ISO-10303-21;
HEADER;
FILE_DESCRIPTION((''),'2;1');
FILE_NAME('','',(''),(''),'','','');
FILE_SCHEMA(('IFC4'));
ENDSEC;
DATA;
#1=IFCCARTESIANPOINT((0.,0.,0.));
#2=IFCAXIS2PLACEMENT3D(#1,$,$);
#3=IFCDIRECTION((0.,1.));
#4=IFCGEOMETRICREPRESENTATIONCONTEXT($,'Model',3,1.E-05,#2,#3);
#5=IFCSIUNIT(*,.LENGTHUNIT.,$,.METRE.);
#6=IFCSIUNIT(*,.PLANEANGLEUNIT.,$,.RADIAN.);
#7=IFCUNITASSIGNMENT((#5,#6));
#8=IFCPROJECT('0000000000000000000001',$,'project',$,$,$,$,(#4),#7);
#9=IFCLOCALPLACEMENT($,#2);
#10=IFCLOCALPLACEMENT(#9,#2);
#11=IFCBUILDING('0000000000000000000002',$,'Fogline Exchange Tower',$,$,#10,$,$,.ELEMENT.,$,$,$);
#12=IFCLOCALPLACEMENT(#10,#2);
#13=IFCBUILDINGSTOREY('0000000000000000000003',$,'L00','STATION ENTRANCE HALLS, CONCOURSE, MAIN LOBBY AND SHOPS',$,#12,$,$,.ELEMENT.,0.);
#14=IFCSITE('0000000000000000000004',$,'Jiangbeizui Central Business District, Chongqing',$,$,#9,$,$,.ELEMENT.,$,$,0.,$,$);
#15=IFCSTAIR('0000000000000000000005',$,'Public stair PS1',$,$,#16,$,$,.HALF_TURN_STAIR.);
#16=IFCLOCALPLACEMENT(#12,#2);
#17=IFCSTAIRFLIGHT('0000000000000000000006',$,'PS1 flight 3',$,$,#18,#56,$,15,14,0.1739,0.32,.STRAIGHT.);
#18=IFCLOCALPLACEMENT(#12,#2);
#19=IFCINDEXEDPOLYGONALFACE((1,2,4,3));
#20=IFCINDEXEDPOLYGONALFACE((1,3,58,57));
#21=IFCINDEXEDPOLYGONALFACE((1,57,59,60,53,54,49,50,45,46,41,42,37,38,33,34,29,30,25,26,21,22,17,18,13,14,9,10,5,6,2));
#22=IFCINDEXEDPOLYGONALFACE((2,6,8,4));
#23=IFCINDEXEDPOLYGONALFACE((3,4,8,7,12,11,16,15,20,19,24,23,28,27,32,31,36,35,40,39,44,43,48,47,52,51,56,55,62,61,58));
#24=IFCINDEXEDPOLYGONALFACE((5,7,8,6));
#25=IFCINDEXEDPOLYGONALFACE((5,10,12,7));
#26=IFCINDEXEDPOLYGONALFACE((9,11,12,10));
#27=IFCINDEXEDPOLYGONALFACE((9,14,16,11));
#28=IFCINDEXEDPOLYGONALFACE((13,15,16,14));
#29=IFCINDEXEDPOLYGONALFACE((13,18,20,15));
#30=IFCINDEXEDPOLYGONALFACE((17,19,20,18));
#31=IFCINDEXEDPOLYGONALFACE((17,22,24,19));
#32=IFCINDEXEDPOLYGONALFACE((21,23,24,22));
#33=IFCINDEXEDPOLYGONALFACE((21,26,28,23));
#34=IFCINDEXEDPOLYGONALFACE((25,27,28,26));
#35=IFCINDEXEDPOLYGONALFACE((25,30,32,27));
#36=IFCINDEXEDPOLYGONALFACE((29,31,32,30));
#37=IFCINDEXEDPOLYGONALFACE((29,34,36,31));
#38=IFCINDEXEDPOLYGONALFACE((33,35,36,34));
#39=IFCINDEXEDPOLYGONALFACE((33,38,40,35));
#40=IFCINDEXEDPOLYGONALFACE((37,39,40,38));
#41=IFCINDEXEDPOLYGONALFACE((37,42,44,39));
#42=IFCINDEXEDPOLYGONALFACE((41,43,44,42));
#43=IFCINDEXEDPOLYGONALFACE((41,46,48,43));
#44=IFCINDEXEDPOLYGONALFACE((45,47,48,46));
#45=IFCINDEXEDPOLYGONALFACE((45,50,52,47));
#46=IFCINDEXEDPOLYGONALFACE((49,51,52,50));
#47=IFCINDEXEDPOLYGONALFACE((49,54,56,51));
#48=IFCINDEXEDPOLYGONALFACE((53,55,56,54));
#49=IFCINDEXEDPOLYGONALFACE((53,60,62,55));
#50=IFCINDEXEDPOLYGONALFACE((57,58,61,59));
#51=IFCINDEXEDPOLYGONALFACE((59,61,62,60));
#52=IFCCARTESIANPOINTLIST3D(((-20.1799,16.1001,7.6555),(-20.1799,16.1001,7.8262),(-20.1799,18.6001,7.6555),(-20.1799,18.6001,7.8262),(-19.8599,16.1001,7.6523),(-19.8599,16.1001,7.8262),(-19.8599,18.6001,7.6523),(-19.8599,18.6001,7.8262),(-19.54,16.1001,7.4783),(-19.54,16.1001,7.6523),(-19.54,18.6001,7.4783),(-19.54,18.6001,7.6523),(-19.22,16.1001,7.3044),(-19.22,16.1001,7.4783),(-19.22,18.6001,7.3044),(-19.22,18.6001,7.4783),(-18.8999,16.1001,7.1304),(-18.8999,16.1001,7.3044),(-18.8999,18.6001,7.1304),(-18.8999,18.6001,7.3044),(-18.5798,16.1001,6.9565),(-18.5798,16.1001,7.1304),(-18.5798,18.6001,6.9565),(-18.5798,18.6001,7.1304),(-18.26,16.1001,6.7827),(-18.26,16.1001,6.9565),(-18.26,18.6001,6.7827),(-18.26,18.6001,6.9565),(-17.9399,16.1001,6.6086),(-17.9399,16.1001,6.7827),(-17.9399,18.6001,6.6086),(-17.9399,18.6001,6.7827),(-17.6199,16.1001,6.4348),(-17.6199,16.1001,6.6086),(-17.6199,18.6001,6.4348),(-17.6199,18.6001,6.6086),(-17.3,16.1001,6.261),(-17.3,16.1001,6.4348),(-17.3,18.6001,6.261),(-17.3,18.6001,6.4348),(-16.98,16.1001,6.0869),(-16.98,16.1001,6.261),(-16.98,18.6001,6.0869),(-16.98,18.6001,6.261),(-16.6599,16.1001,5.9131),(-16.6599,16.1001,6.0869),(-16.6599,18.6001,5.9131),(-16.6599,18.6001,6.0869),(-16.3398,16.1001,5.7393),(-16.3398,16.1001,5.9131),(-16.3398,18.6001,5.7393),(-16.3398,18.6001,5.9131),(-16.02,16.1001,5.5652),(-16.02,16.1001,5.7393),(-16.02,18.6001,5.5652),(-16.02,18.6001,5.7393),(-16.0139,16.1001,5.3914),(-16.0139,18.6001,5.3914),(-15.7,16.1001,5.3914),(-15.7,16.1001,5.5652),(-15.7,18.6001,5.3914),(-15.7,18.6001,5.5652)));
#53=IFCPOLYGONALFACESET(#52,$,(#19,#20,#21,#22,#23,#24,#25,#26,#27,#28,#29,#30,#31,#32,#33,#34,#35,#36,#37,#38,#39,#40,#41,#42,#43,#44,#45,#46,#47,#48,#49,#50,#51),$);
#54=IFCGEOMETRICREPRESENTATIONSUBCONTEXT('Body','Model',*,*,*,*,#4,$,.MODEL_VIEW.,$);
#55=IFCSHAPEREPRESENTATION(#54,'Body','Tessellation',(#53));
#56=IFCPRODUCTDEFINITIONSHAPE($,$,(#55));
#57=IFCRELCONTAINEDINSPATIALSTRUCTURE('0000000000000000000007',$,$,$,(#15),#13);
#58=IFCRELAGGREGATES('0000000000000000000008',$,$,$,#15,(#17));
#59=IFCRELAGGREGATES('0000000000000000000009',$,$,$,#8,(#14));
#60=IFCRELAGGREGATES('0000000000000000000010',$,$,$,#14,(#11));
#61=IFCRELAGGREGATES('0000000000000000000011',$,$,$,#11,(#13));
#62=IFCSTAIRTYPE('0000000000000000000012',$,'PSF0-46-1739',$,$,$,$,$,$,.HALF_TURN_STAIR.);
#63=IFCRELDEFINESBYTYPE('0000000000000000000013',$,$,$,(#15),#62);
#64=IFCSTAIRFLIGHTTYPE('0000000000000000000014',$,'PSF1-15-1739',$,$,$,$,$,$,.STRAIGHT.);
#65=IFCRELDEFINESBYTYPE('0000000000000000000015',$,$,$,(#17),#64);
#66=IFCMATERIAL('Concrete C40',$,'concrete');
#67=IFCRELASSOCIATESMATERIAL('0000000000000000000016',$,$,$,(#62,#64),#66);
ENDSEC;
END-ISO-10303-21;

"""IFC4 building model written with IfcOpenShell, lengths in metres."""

from ifc_helpers import new_model, si_unit, direction, frame, origin, place, context, subcontext, project, spatial, polyline, outline, extrude, material, type_object, element, aggregate, save


model = new_model("IFC4")

# Units and contexts
model_context = context("Model", 3, precision=1e-05, world=origin(), true_north=direction((0.0, 1.0)))
body_context = subcontext(model_context, "Body", "Model", "MODEL_VIEW")
ifc_project = project(units=[si_unit("LENGTHUNIT", "METRE"), si_unit("PLANEANGLEUNIT", "RADIAN")], contexts=[model_context])

# Site, building, storey
site_placement = place(None, origin())
site = spatial("IfcSite", under=ifc_project, at=site_placement, Name="Jiangbeizui Central Business District, Chongqing", CompositionType="ELEMENT", RefElevation=0.0)
building_placement = place(site_placement, origin())
building = spatial("IfcBuilding", under=site, at=building_placement, Name="Fogline Exchange Tower", CompositionType="ELEMENT")
storey_placement = place(building_placement, origin())
storey = spatial("IfcBuildingStorey", under=building, at=storey_placement, Name="L00", Description="STATION ENTRANCE HALLS, CONCOURSE, MAIN LOBBY AND SHOPS", CompositionType="ELEMENT", Elevation=0.0)

# Shared definitions
ifc_material_1 = material(Name="Concrete C40", Category="concrete")

# Stair, stair flight
stair_type = type_object("IfcStairType", Name="PSF0-46-1739", PredefinedType="HALF_TURN_STAIR", material=ifc_material_1)
stair_placement = place(storey_placement, origin())
stair = element("IfcStair", 1, at=stair_placement, inside=storey, type_object=stair_type, Name="Public stair PS1", PredefinedType="HALF_TURN_STAIR")
stair_flight_type = type_object("IfcStairFlightType", Name="PSF1-15-1739", PredefinedType="STRAIGHT", material=ifc_material_1)
stair_flight_placement = place(storey_placement, frame((-15.7, 17.3501, 5.3914), z_axis=(0.0, 0.0, 1.0), x_axis=(-1.0, 0.0, 0.0)))
stair_flight = element("IfcStairFlight", 2, at=stair_flight_placement, type_object=stair_flight_type, Name="PS1 flight 3", NumberOfRisers=15, NumberOfTreads=14, PredefinedType="STRAIGHT", RiserHeight=0.1739, TreadLength=0.32, context=body_context, shape_type="SweptSolid", body=[
    extrude(outline(polyline([(0.0, 0.0), (0.0, 0.1738), (0.3201, 0.1738), (0.3201, 0.3479), (0.6399, 0.3479), (0.6399, 0.5217), (0.96, 0.5217), (0.96, 0.6956), (1.28, 0.6956), (1.28, 0.8696), (1.6001, 0.8696), (1.6001, 1.0435), (1.9199, 1.0435), (1.9199, 1.2173), (2.24, 1.2173), (2.24, 1.3914), (2.5601, 1.3914), (2.5601, 1.5652), (2.8799, 1.5652), (2.8799, 1.739), (3.2, 1.739), (3.2, 1.9131), (3.52, 1.9131), (3.52, 2.0869), (3.8401, 2.0869), (3.8401, 2.261), (4.1599, 2.261), (4.1599, 2.4348), (4.48, 2.4348), (4.48, 2.6086), (4.48, 2.2642), (0.314, 0.0), (0.0, 0.0)])), frame((0.0, 1.25, 0.0), z_axis=(0.0, -1.0, 0.0), x_axis=(1.0, 0.0, 0.0)), (0.0, 0.0, 1.0), 2.5),
])
aggregate(stair, [stair_flight])

save(model, "model.ifc")
